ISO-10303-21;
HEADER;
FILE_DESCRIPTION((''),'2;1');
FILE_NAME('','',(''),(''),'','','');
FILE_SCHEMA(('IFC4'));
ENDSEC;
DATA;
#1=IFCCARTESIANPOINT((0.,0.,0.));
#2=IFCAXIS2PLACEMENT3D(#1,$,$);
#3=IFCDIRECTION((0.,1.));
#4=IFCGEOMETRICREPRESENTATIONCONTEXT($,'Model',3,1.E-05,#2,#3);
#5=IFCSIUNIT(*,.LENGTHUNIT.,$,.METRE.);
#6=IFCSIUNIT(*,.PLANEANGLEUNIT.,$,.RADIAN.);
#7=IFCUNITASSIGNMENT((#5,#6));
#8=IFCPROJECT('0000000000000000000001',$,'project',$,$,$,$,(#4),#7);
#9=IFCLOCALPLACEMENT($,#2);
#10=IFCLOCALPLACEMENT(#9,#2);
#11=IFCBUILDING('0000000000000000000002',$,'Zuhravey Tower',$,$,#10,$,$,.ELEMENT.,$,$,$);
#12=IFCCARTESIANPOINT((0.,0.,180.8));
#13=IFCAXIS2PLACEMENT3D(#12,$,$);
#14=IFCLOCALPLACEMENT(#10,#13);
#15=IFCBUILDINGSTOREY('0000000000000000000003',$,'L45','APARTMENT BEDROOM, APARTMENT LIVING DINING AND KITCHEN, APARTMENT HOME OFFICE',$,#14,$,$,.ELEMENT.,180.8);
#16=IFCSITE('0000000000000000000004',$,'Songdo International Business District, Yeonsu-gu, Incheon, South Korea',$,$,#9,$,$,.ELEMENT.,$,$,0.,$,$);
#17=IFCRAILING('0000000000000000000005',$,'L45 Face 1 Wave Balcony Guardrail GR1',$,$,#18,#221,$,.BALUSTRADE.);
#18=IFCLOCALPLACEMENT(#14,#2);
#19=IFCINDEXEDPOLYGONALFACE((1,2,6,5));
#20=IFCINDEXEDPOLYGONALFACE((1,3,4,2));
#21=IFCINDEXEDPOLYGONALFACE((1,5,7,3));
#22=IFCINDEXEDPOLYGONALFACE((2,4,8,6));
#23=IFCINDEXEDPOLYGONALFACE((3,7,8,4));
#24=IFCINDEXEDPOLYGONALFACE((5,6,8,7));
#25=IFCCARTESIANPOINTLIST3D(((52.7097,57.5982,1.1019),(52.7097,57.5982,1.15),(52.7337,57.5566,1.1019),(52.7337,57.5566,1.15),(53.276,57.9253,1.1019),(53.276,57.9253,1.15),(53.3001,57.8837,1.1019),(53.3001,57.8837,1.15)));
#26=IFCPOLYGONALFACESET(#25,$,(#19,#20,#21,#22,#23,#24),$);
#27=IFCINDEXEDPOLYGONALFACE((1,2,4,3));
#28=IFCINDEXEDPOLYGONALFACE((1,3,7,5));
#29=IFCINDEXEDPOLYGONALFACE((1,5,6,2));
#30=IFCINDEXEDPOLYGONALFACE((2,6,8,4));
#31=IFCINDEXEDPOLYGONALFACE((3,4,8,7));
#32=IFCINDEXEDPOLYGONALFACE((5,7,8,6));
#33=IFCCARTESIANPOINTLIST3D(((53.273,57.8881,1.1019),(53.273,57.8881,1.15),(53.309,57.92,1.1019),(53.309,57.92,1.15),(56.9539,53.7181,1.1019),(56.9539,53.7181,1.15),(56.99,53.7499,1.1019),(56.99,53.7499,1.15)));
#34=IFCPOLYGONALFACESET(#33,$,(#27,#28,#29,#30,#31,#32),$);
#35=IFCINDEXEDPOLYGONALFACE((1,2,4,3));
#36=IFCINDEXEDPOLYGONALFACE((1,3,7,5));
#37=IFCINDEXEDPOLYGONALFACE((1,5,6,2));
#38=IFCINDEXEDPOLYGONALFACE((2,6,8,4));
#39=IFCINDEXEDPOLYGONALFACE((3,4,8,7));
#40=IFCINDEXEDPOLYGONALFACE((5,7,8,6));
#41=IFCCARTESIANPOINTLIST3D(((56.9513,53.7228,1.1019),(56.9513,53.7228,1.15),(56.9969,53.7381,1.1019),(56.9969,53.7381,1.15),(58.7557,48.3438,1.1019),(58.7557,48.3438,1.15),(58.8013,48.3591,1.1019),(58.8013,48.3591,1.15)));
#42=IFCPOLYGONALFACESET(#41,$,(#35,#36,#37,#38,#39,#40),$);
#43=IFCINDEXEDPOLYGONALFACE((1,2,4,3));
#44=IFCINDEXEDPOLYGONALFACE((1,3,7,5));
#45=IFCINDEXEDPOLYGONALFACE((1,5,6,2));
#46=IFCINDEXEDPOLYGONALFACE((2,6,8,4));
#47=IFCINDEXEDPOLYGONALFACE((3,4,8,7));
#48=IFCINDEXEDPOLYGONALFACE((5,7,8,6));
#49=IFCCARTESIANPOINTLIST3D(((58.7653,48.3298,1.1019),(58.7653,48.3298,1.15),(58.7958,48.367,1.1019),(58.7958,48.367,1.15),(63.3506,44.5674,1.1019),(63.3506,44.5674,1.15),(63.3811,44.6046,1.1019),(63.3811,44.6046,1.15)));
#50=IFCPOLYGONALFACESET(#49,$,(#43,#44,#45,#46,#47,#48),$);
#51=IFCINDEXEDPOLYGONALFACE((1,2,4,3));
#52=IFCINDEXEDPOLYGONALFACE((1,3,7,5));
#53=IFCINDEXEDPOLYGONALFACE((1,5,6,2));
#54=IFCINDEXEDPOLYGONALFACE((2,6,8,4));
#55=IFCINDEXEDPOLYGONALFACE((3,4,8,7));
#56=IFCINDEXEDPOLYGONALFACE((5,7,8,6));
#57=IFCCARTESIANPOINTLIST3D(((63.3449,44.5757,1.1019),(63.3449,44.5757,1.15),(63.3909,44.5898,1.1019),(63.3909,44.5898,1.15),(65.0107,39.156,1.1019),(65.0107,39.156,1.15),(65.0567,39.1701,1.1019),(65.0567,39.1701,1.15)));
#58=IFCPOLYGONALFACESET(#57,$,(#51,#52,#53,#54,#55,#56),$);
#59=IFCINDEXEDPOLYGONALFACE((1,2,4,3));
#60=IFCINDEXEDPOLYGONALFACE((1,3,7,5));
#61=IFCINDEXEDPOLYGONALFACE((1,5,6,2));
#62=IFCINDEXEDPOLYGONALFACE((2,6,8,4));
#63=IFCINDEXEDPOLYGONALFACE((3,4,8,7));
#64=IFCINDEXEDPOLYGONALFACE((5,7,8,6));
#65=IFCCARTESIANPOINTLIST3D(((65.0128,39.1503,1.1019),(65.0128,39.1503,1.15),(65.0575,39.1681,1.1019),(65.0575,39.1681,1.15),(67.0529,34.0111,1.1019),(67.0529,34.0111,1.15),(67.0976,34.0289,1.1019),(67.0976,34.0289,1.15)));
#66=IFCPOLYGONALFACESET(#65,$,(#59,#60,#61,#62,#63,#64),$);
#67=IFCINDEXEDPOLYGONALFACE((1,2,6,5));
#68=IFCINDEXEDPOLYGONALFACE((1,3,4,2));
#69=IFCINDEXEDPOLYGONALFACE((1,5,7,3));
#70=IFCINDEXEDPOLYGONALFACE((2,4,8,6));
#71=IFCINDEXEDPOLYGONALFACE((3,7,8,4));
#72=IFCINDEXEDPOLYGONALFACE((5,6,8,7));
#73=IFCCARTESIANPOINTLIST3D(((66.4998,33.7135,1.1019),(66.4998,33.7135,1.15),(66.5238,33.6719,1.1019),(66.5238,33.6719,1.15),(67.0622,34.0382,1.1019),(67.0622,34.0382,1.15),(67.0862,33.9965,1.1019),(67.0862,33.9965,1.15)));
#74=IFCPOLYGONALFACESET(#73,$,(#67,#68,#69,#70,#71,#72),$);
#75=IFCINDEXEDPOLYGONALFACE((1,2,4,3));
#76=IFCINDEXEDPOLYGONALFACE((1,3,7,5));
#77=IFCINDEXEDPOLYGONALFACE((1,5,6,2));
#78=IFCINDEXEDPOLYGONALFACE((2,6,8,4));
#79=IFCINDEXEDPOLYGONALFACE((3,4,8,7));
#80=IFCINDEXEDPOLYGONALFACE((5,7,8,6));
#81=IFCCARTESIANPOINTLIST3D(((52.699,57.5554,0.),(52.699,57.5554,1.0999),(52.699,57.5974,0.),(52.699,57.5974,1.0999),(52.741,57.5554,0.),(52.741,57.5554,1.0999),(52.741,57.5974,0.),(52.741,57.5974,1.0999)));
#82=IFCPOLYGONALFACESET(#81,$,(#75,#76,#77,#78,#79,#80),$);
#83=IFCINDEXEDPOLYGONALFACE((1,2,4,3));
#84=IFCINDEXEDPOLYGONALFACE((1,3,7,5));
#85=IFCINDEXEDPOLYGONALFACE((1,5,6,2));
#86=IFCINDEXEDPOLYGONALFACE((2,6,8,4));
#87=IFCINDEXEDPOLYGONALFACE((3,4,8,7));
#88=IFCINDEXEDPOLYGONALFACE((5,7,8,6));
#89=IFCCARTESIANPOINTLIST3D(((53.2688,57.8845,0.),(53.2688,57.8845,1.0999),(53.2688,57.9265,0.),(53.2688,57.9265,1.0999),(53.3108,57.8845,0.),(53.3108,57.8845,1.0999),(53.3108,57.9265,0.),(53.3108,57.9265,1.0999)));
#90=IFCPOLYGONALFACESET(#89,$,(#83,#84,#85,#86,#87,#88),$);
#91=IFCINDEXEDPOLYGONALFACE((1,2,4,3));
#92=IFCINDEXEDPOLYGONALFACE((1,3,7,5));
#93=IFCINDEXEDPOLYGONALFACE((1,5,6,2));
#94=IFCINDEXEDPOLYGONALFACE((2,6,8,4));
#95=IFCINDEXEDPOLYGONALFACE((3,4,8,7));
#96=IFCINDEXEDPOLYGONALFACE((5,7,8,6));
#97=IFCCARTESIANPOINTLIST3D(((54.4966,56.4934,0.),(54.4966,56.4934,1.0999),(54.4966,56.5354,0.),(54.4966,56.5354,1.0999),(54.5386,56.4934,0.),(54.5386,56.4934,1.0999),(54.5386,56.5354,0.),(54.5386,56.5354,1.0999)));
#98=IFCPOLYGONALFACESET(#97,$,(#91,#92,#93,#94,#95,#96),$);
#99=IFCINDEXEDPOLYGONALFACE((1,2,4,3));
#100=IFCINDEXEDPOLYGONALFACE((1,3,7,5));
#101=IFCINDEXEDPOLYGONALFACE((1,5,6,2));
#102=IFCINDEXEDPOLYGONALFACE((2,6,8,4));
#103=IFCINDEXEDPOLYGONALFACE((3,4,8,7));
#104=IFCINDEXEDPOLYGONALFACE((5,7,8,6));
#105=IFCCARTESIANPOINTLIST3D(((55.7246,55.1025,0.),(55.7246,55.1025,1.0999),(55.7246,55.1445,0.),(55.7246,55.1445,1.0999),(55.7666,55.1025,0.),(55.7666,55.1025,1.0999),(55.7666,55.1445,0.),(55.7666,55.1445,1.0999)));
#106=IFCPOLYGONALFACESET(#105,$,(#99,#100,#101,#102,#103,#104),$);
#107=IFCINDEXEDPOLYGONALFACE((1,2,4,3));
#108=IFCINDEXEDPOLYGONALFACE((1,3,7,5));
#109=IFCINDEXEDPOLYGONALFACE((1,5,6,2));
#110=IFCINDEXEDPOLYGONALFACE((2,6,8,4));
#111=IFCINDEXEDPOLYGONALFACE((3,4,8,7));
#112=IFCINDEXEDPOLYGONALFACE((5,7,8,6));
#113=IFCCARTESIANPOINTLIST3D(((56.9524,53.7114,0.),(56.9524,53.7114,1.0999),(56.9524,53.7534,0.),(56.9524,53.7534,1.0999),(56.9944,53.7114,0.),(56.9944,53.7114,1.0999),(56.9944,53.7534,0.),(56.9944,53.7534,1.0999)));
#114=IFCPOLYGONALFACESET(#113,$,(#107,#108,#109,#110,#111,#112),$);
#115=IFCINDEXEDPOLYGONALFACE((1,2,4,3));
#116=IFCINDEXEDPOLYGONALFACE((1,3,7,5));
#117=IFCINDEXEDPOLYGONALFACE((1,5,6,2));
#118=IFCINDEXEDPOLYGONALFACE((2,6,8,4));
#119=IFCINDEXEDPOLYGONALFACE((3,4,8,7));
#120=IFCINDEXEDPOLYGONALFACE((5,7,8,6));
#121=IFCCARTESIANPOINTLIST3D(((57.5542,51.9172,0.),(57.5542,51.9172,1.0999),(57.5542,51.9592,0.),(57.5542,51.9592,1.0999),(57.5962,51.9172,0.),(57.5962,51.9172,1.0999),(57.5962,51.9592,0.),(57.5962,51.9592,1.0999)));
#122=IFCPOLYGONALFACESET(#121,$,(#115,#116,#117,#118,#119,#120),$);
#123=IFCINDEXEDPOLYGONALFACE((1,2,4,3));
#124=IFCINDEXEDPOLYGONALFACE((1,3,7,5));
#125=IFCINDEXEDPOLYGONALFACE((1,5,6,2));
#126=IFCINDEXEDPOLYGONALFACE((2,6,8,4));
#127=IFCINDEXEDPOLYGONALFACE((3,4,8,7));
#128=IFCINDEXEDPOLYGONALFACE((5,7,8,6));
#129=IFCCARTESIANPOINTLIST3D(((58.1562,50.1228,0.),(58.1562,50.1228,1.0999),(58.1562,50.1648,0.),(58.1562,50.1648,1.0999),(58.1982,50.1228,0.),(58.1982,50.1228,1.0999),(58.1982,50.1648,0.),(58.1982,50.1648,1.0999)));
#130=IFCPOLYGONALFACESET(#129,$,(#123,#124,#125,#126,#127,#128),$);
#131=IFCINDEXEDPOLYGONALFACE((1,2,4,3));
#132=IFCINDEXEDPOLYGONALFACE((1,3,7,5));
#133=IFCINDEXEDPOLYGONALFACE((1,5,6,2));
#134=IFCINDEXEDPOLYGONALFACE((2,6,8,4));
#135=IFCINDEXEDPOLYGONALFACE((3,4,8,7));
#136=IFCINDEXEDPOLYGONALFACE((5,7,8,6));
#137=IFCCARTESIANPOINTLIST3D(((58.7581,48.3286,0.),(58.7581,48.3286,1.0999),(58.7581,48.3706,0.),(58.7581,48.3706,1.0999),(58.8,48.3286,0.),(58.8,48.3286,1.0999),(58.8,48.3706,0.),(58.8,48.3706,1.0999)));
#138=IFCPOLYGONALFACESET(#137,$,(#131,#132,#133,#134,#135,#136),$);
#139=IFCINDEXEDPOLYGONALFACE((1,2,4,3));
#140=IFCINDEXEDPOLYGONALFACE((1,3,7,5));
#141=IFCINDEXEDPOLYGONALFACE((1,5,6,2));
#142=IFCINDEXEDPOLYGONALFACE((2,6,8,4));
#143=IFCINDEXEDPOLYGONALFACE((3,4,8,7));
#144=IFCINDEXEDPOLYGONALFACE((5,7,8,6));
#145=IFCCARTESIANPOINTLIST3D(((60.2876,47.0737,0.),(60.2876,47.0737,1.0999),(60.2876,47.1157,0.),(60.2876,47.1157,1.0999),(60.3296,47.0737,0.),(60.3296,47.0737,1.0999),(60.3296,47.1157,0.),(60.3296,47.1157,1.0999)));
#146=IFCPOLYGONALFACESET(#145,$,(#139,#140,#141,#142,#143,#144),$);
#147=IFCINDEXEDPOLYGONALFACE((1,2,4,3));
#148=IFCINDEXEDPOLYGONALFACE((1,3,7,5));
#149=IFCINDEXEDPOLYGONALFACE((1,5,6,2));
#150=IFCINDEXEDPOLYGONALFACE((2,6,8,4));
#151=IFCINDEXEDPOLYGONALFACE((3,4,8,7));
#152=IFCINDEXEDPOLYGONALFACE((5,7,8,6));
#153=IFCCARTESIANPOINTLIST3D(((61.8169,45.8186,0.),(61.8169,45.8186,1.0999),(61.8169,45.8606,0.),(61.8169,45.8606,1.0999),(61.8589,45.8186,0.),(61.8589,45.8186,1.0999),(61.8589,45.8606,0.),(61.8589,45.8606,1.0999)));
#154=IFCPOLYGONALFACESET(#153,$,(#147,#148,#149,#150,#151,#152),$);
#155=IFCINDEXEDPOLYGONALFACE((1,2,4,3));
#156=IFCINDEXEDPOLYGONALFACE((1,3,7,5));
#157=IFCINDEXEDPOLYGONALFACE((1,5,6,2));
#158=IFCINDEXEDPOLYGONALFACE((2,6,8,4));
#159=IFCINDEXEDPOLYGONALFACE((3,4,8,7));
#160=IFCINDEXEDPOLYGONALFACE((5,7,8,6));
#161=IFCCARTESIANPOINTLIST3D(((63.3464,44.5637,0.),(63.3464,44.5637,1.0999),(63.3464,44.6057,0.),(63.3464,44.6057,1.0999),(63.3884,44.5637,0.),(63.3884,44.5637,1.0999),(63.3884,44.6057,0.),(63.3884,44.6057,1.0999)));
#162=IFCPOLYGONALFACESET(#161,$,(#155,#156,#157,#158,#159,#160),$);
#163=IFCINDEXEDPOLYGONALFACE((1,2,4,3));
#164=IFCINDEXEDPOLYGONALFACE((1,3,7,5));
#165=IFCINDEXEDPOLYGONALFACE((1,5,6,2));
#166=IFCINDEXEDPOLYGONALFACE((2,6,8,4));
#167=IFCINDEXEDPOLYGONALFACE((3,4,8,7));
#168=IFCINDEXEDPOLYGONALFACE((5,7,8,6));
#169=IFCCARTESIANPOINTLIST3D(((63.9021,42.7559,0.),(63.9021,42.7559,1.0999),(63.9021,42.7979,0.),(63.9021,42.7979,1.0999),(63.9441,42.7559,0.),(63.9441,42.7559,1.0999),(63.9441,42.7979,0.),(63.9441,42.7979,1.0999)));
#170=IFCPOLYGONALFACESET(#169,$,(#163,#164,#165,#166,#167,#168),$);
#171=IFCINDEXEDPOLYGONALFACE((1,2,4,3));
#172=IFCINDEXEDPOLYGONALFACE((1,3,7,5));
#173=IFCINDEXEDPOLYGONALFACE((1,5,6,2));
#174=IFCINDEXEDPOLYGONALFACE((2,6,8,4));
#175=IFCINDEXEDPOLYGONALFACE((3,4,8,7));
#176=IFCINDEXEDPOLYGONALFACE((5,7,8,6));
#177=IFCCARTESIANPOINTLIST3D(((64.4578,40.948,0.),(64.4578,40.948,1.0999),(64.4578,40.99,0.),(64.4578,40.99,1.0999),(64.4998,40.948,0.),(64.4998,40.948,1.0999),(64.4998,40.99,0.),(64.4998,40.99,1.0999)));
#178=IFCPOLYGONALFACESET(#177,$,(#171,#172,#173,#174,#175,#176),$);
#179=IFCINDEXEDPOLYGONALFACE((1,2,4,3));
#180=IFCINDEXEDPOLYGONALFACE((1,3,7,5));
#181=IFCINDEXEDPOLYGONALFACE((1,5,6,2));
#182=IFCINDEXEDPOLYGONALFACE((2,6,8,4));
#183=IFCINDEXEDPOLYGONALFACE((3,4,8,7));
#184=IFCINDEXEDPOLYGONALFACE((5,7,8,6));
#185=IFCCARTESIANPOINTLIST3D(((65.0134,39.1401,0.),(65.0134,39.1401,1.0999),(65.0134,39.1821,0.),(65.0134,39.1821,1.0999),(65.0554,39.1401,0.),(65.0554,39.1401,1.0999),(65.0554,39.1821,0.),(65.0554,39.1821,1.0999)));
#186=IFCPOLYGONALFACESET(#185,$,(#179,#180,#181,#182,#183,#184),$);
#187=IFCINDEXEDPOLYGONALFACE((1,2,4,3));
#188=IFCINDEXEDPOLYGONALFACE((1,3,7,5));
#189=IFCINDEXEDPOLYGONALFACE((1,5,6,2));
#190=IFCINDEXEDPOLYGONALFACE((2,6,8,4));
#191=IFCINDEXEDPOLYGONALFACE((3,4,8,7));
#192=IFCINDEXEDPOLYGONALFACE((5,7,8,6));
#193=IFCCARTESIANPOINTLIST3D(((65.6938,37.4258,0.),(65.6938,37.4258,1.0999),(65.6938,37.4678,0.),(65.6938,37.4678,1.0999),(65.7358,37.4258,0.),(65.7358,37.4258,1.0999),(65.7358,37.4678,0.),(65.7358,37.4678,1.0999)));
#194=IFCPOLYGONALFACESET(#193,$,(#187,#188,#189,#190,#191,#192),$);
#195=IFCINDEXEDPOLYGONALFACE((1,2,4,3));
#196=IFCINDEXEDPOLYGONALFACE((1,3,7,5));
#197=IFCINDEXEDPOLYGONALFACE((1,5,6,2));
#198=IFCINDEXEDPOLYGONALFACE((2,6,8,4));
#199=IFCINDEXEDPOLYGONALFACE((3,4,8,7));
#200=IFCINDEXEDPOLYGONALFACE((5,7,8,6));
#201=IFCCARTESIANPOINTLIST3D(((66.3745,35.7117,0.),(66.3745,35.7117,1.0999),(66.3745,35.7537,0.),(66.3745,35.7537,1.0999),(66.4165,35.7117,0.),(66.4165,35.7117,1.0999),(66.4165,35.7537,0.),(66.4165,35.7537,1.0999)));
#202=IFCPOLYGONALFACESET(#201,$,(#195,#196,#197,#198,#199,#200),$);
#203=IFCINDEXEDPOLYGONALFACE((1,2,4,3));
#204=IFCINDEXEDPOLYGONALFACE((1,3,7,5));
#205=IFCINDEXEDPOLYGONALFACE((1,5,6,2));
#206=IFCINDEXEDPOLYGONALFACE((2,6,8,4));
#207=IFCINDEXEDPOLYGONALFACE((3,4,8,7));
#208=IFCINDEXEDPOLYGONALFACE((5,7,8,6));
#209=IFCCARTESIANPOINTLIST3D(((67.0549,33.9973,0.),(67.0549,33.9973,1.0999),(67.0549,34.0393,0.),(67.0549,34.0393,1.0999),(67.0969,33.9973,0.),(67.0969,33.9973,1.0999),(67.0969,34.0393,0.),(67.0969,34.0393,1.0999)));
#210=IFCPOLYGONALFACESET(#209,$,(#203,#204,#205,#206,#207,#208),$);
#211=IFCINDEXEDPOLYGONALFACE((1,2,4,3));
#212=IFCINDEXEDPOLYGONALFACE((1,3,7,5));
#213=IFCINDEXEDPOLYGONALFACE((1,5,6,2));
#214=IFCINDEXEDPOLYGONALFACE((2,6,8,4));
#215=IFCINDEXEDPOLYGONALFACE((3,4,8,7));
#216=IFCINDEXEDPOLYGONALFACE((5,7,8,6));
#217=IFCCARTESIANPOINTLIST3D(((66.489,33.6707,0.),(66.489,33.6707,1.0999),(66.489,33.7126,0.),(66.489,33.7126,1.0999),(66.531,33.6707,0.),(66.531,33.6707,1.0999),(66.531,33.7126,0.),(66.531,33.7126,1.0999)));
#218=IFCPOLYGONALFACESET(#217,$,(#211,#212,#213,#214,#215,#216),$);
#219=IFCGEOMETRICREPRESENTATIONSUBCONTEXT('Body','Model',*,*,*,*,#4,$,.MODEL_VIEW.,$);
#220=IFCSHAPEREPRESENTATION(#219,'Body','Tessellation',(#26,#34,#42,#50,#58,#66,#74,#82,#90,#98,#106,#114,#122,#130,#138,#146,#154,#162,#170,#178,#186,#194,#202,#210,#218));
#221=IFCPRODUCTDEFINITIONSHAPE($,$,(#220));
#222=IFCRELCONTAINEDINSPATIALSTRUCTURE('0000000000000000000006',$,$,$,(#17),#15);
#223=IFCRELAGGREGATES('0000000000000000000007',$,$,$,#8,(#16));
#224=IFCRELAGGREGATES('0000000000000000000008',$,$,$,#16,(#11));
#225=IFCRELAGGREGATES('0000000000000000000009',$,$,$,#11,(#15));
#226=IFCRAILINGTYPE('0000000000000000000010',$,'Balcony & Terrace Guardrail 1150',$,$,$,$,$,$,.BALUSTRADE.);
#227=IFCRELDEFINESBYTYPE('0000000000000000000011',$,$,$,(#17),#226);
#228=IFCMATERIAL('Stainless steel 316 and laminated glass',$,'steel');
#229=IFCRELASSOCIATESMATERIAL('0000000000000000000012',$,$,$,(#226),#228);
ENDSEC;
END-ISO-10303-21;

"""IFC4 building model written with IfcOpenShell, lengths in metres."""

from ifc_helpers import new_model, si_unit, direction, frame, origin, origin_2d, place, context, subcontext, project, spatial, rectangle, extrude, material, type_object, element, save


model = new_model("IFC4")

# Units and contexts
model_context = context("Model", 3, precision=1e-05, world=origin(), true_north=direction((0.0, 1.0)))
body_context = subcontext(model_context, "Body", "Model", "MODEL_VIEW")
ifc_project = project(units=[si_unit("LENGTHUNIT", "METRE"), si_unit("PLANEANGLEUNIT", "RADIAN")], contexts=[model_context])

# Site, building, storey
site_placement = place(None, origin())
site = spatial("IfcSite", under=ifc_project, at=site_placement, Name="Songdo International Business District, Yeonsu-gu, Incheon, South Korea", CompositionType="ELEMENT", RefElevation=0.0)
building_placement = place(site_placement, origin())
building = spatial("IfcBuilding", under=site, at=building_placement, Name="Zuhravey Tower", CompositionType="ELEMENT")
storey_placement = place(building_placement, frame((0.0, 0.0, 180.8)))
storey = spatial("IfcBuildingStorey", under=building, at=storey_placement, Name="L45", Description="APARTMENT BEDROOM, APARTMENT LIVING DINING AND KITCHEN, APARTMENT HOME OFFICE", CompositionType="ELEMENT", Elevation=180.8)

# Railing
ifc_material_1 = material(Name="Stainless steel 316 and laminated glass", Category="steel")
railing_type = type_object("IfcRailingType", Name="Balcony & Terrace Guardrail 1150", PredefinedType="BALUSTRADE", material=ifc_material_1)
railing_placement = place(storey_placement, frame((52.72, 57.5764, 0.0)))
element("IfcRailing", 1, at=railing_placement, inside=storey, type_object=railing_type, Name="L45 Face 1 Wave Balcony Guardrail GR1", PredefinedType="BALUSTRADE", context=body_context, shape_type="SweptSolid", body=[
    extrude(rectangle(XDim=0.0481, YDim=0.0481, at=origin_2d()), frame((0.0017, 0.001, 1.126), z_axis=(0.865951, 0.500129, 0.0), x_axis=(-0.500129, 0.865951, 0.0)), (0.0, 0.0, 1.0), 0.6541),
    extrude(rectangle(XDim=0.0481, YDim=0.0481, at=origin_2d()), frame((0.571, 0.3276, 1.126), z_axis=(0.661768, -0.749709, 0.0), x_axis=(0.749709, 0.661768, 0.0)), (0.0, 0.0, 1.0), 5.5623),
    extrude(rectangle(XDim=0.0481, YDim=0.0481, at=origin_2d()), frame((4.2542, -3.8459, 1.126), z_axis=(0.318033, -0.94808, 0.0), x_axis=(0.94808, 0.318033, 0.0)), (0.0, 0.0, 1.0), 5.6736),
    extrude(rectangle(XDim=0.0481, YDim=0.0481, at=origin_2d()), frame((6.0605, -9.228, 1.126), z_axis=(0.773068, -0.634324, 0.0), x_axis=(0.634324, 0.773068, 0.0)), (0.0, 0.0, 1.0), 5.9314),
    extrude(rectangle(XDim=0.0481, YDim=0.0481, at=origin_2d()), frame((10.6479, -12.9937, 1.126), z_axis=(0.293796, -0.955868, 0.0), x_axis=(0.955868, 0.293796, 0.0)), (0.0, 0.0, 1.0), 5.6699),
    extrude(rectangle(XDim=0.0481, YDim=0.0481, at=origin_2d()), frame((12.3152, -18.4172, 1.126), z_axis=(0.368955, -0.929447, 0.0), x_axis=(0.929447, 0.368955, 0.0)), (0.0, 0.0, 1.0), 5.5293),
    extrude(rectangle(XDim=0.0481, YDim=0.0481, at=origin_2d()), frame((14.3542, -23.5591, 1.126), z_axis=(-0.866074, -0.499917, 0.0), x_axis=(0.499917, -0.866074, 0.0)), (0.0, 0.0, 1.0), 0.6494),
    extrude(rectangle(XDim=0.042, YDim=0.042, at=origin_2d()), origin(), (0.0, 0.0, 1.0), 1.0999),
    extrude(rectangle(XDim=0.042, YDim=0.042, at=origin_2d()), frame((0.5698, 0.3291, 0.0)), (0.0, 0.0, 1.0), 1.0999),
    extrude(rectangle(XDim=0.042, YDim=0.042, at=origin_2d()), frame((1.7976, -1.062, 0.0)), (0.0, 0.0, 1.0), 1.0999),
    extrude(rectangle(XDim=0.042, YDim=0.042, at=origin_2d()), frame((3.0256, -2.4529, 0.0)), (0.0, 0.0, 1.0), 1.0999),
    extrude(rectangle(XDim=0.042, YDim=0.042, at=origin_2d()), frame((4.2534, -3.844, 0.0)), (0.0, 0.0, 1.0), 1.0999),
    extrude(rectangle(XDim=0.042, YDim=0.042, at=origin_2d()), frame((4.8552, -5.6382, 0.0)), (0.0, 0.0, 1.0), 1.0999),
    extrude(rectangle(XDim=0.042, YDim=0.042, at=origin_2d()), frame((5.4573, -7.4326, 0.0)), (0.0, 0.0, 1.0), 1.0999),
    extrude(rectangle(XDim=0.042, YDim=0.042, at=origin_2d()), frame((6.0591, -9.2268, 0.0)), (0.0, 0.0, 1.0), 1.0999),
    extrude(rectangle(XDim=0.042, YDim=0.042, at=origin_2d()), frame((7.5886, -10.4817, 0.0)), (0.0, 0.0, 1.0), 1.0999),
    extrude(rectangle(XDim=0.042, YDim=0.042, at=origin_2d()), frame((9.1179, -11.7368, 0.0)), (0.0, 0.0, 1.0), 1.0999),
    extrude(rectangle(XDim=0.042, YDim=0.042, at=origin_2d()), frame((10.6475, -12.9917, 0.0)), (0.0, 0.0, 1.0), 1.0999),
    extrude(rectangle(XDim=0.042, YDim=0.042, at=origin_2d()), frame((11.2031, -14.7996, 0.0)), (0.0, 0.0, 1.0), 1.0999),
    extrude(rectangle(XDim=0.042, YDim=0.042, at=origin_2d()), frame((11.7588, -16.6074, 0.0)), (0.0, 0.0, 1.0), 1.0999),
    extrude(rectangle(XDim=0.042, YDim=0.042, at=origin_2d()), frame((12.3145, -18.4153, 0.0)), (0.0, 0.0, 1.0), 1.0999),
    extrude(rectangle(XDim=0.042, YDim=0.042, at=origin_2d()), frame((12.9949, -20.1296, 0.0)), (0.0, 0.0, 1.0), 1.0999),
    extrude(rectangle(XDim=0.042, YDim=0.042, at=origin_2d()), frame((13.6755, -21.8438, 0.0)), (0.0, 0.0, 1.0), 1.0999),
    extrude(rectangle(XDim=0.042, YDim=0.042, at=origin_2d()), frame((14.356, -23.5581, 0.0)), (0.0, 0.0, 1.0), 1.0999),
    extrude(rectangle(XDim=0.042, YDim=0.042, at=origin_2d()), frame((13.79, -23.8848, 0.0)), (0.0, 0.0, 1.0), 1.0999),
])

save(model, "model.ifc")
